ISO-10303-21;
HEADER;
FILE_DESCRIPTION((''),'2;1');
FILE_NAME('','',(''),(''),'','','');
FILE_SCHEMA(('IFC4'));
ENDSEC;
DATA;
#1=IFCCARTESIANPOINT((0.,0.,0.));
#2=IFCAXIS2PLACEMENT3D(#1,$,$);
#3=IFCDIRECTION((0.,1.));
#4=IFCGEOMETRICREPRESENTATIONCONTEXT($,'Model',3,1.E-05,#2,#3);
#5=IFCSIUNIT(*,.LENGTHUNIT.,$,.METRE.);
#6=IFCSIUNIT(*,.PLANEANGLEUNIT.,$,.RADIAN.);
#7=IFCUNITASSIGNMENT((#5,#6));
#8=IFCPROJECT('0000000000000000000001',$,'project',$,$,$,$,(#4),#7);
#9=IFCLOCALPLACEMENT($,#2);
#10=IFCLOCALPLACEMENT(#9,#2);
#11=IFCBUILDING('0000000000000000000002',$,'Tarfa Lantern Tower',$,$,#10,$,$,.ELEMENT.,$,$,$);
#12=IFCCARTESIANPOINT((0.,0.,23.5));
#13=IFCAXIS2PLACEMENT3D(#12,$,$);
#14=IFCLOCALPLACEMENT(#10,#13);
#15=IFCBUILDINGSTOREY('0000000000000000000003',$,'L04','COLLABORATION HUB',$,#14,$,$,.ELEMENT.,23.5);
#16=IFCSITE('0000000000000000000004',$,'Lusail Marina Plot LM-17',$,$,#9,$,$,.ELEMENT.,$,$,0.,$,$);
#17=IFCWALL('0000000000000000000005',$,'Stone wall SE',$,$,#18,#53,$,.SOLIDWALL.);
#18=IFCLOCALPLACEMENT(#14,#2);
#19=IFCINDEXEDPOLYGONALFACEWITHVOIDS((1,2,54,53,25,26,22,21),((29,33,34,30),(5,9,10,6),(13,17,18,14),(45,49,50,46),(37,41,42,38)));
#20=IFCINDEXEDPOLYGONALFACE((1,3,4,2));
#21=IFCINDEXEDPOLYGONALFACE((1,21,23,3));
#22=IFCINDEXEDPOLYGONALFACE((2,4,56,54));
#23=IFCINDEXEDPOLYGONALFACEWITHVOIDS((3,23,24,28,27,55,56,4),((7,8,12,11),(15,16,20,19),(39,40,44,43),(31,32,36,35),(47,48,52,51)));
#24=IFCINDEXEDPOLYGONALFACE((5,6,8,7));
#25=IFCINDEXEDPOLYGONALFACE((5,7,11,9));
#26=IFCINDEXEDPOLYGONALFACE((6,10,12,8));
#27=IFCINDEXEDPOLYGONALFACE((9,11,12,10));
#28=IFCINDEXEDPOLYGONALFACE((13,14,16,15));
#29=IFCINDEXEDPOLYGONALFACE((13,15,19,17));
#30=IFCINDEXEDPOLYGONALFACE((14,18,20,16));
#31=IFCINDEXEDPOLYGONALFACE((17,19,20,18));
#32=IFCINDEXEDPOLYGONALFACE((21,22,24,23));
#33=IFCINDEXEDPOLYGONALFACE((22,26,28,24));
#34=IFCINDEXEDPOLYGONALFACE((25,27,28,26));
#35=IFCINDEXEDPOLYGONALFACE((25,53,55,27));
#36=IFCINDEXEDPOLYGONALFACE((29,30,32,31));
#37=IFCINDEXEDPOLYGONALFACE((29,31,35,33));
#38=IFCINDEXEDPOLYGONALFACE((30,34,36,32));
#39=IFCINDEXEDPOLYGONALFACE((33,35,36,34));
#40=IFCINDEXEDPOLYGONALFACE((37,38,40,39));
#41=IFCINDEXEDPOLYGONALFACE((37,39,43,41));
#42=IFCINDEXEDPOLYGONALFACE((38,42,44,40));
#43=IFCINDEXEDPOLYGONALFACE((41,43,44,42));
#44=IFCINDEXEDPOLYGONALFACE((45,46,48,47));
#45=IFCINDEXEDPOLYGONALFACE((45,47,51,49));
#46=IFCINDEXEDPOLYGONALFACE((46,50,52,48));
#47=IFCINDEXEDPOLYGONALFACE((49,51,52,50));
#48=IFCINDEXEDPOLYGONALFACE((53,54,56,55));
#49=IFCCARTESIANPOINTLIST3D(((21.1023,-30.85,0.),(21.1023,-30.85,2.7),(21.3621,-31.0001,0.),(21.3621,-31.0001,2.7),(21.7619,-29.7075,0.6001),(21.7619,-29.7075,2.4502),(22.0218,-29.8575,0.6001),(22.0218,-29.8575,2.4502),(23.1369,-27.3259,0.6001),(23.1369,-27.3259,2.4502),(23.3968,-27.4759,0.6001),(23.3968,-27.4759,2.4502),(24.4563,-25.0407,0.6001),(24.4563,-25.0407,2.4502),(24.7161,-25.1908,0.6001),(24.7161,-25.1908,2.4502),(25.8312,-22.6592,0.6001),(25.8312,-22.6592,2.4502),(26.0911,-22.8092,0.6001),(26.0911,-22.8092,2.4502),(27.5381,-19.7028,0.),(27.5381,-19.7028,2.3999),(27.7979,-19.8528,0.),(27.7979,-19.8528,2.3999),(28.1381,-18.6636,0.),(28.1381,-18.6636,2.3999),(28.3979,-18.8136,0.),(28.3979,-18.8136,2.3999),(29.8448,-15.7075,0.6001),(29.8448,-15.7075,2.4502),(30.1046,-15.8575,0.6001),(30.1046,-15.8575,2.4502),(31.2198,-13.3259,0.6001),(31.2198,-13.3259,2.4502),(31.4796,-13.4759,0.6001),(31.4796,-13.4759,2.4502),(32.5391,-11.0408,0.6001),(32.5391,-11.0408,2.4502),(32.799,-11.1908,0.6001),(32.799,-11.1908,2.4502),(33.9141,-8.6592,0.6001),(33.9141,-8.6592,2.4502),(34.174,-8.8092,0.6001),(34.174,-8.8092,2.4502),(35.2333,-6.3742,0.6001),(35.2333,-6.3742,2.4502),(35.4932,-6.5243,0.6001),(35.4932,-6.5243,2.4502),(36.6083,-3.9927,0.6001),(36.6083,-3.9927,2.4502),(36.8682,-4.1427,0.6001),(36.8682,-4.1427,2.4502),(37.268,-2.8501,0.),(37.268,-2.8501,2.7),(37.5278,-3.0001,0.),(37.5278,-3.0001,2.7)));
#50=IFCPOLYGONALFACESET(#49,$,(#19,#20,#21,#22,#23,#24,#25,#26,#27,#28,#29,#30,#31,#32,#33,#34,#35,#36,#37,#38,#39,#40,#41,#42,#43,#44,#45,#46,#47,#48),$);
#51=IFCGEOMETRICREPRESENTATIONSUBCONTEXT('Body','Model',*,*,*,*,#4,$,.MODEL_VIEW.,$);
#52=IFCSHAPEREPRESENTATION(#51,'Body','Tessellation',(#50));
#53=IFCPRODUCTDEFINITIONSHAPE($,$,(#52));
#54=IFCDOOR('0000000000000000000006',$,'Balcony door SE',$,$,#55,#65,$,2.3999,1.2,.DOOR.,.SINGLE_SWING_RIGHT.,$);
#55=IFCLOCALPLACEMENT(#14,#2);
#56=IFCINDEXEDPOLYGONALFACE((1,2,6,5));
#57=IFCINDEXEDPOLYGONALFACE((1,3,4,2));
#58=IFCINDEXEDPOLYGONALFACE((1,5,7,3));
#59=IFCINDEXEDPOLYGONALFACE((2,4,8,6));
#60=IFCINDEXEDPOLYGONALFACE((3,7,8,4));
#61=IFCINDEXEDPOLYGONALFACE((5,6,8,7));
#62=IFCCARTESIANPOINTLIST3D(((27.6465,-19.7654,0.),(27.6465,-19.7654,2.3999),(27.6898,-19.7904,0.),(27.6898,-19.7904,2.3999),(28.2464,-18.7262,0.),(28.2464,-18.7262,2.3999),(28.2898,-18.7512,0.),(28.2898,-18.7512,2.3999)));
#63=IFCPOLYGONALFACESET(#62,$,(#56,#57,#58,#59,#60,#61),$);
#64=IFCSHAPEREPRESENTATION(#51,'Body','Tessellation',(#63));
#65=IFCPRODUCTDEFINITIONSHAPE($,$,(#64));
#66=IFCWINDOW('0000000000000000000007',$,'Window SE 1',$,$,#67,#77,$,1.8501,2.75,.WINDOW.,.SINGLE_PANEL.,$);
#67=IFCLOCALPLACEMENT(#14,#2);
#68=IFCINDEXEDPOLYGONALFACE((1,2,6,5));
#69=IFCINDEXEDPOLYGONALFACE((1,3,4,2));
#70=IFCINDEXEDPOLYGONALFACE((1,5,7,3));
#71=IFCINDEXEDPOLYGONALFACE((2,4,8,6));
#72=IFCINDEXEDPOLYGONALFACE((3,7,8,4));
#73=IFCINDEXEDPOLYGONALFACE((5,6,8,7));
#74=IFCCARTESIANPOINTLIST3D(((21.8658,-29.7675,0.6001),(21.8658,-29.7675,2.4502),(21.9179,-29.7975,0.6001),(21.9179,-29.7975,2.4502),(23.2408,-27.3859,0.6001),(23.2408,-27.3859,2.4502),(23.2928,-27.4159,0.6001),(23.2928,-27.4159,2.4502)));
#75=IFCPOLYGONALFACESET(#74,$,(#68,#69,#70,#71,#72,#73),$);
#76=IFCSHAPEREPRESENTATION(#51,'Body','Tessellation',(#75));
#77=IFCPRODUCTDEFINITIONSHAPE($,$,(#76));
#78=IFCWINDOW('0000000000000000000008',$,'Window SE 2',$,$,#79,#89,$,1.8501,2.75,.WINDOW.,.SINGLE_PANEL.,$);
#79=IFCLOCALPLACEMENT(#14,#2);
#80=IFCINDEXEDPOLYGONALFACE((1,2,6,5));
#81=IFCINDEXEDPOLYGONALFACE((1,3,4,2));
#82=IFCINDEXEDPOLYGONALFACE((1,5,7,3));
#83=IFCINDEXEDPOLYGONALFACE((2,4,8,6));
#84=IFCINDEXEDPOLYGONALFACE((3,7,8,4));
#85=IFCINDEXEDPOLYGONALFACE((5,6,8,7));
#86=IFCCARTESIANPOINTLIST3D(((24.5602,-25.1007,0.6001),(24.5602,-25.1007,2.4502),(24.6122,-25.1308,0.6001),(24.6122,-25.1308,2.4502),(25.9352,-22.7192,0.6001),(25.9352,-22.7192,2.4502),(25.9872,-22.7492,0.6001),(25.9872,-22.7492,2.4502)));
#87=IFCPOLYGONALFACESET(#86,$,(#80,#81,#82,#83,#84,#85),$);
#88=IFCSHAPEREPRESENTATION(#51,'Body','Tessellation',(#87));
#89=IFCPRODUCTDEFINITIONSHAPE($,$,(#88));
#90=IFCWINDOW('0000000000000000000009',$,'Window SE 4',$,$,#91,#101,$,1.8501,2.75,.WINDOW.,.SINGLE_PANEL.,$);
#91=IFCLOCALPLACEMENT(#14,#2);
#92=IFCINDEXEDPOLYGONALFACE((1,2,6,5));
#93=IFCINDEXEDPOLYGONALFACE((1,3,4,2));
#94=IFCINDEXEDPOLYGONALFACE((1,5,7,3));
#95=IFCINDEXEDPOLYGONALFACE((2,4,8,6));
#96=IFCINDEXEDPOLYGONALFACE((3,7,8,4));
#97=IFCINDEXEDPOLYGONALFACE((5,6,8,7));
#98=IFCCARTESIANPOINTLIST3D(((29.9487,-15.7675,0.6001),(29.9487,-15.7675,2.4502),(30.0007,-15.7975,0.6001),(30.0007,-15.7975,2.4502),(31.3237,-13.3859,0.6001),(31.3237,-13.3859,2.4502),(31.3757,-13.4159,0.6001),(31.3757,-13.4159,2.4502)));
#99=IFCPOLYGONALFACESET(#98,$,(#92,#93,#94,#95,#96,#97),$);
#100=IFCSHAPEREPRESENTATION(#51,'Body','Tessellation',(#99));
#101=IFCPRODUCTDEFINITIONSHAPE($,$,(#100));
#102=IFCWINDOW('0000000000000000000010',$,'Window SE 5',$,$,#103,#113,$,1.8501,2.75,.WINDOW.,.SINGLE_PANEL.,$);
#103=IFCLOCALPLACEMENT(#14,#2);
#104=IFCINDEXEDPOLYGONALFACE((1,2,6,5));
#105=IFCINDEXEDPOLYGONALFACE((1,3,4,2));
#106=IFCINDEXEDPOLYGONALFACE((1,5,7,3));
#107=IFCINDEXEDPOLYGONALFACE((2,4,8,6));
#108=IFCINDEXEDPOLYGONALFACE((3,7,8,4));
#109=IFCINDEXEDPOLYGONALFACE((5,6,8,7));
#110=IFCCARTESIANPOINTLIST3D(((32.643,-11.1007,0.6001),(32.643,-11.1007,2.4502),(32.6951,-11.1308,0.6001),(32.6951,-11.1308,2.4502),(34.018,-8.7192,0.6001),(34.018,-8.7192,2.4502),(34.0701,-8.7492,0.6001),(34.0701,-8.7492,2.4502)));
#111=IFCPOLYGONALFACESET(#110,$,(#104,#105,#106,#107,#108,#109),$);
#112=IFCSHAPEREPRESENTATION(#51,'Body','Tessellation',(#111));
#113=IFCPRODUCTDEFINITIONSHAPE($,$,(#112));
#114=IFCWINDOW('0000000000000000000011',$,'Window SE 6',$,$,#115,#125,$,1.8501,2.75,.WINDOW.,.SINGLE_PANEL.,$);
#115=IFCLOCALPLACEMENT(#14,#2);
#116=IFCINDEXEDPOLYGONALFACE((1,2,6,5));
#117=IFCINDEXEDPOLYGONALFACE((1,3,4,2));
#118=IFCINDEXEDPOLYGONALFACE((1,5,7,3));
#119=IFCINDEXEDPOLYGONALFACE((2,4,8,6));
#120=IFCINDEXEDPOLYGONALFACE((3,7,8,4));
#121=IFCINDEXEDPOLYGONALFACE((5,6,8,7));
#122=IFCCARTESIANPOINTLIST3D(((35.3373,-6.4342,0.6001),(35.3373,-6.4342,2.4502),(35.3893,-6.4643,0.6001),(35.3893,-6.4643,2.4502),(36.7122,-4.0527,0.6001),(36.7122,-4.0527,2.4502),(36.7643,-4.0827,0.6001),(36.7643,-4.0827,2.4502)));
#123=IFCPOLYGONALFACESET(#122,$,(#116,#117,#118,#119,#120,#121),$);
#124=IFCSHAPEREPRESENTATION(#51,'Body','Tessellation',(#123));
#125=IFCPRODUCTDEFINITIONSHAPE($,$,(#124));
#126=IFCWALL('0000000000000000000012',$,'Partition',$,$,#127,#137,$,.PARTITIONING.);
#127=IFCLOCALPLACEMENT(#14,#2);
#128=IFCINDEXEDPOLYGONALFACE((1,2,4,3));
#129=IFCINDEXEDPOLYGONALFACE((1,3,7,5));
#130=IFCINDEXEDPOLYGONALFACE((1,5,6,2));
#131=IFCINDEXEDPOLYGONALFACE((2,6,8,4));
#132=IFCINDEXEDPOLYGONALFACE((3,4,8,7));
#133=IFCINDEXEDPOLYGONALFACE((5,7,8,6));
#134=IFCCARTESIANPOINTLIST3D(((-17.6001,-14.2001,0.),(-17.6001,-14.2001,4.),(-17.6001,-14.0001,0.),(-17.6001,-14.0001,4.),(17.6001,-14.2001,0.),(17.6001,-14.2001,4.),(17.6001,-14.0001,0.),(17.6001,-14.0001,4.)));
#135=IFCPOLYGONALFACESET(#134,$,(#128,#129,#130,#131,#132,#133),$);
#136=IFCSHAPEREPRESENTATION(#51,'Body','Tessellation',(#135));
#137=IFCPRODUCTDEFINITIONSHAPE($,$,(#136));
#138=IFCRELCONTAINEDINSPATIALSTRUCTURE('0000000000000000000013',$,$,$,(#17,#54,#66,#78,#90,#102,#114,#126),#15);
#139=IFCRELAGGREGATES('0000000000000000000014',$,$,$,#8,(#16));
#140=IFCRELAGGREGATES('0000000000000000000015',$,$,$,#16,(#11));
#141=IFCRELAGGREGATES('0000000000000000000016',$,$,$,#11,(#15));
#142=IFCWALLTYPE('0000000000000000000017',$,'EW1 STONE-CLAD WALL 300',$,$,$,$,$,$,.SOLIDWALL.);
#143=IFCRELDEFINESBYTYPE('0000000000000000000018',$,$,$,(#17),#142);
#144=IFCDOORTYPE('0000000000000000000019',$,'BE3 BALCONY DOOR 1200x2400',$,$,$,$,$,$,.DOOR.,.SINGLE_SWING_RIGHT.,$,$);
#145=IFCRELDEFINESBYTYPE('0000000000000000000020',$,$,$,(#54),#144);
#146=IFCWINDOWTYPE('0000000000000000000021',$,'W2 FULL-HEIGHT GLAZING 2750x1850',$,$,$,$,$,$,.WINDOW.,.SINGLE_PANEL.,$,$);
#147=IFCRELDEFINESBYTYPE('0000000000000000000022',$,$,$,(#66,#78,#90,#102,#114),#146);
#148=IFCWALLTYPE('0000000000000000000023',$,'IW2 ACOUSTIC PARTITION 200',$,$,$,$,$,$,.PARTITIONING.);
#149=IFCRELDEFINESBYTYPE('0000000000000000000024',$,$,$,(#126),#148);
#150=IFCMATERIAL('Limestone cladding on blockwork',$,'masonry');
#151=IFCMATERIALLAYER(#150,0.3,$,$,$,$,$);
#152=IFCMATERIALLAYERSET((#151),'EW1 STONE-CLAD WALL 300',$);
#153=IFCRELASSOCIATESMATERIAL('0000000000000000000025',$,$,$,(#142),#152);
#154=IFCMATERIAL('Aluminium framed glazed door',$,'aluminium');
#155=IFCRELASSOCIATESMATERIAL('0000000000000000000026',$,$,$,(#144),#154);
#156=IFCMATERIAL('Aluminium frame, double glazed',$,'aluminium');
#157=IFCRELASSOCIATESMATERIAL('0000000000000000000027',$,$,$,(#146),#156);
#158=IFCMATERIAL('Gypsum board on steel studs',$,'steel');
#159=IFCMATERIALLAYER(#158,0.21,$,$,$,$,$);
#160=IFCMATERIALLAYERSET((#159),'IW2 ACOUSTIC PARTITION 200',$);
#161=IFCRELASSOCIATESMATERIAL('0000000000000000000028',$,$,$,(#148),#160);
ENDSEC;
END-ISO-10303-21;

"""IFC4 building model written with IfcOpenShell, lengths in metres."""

from ifc_helpers import new_model, si_unit, direction, frame, frame_2d, origin, place, context, subcontext, project, spatial, rectangle, extrude, material, layer, layer_set, type_object, element, fill, save


model = new_model("IFC4")

# Units and contexts
model_context = context("Model", 3, precision=1e-05, world=origin(), true_north=direction((0.0, 1.0)))
body_context = subcontext(model_context, "Body", "Model", "MODEL_VIEW")
ifc_project = project(units=[si_unit("LENGTHUNIT", "METRE"), si_unit("PLANEANGLEUNIT", "RADIAN")], contexts=[model_context])

# Site, building, storey
site_placement = place(None, origin())
site = spatial("IfcSite", under=ifc_project, at=site_placement, Name="Lusail Marina Plot LM-17", CompositionType="ELEMENT", RefElevation=0.0)
building_placement = place(site_placement, origin())
building = spatial("IfcBuilding", under=site, at=building_placement, Name="Tarfa Lantern Tower", CompositionType="ELEMENT")
storey_placement = place(building_placement, frame((0.0, 0.0, 23.5)))
storey = spatial("IfcBuildingStorey", under=building, at=storey_placement, Name="L04", Description="COLLABORATION HUB", CompositionType="ELEMENT", Elevation=23.5)

# Wall, openings, door, windows
ifc_material_1 = material(Name="Limestone cladding on blockwork", Category="masonry")
ifc_layer_1 = layer(ifc_material_1, 0.3)
ifc_layer_set_1 = layer_set([ifc_layer_1], Name="EW1 STONE-CLAD WALL 300")
wall_type_1 = type_object("IfcWallType", Name="EW1 STONE-CLAD WALL 300", PredefinedType="SOLIDWALL", material=ifc_layer_set_1)
wall_1_placement = place(storey_placement, frame((21.2322, -30.925, 0.0), z_axis=(0.0, 0.0, 1.0), x_axis=(0.499999, 0.866026, 0.0)))
wall_1 = element("IfcWall", 1, at=wall_1_placement, inside=storey, type_object=wall_type_1, Name="Stone wall SE", PredefinedType="SOLIDWALL", context=body_context, shape_type="SweptSolid", body=[
    extrude(rectangle(XDim=32.3315, YDim=0.3, at=frame_2d((16.1658, 0.0))), origin(), (0.0, 0.0, 1.0), 2.7),
])
opening_1_placement = place(wall_1_placement, frame((1.3193, 0.0, 0.6001)))
opening_1 = element("IfcOpeningElement", 2, at=opening_1_placement, cuts=wall_1, PredefinedType="OPENING", context=body_context, shape_type="SweptSolid", body=[
    extrude(rectangle(XDim=2.75, YDim=1.8501, at=frame_2d((1.375, 0.925))), frame((0.0, 0.1599, 0.0), z_axis=(0.0, -1.0, 0.0), x_axis=(1.0, 0.0, 0.0)), (0.0, 0.0, 1.0), 0.3201),
])
opening_2_placement = place(wall_1_placement, frame((6.708, 0.0, 0.6001)))
opening_2 = element("IfcOpeningElement", 3, at=opening_2_placement, cuts=wall_1, PredefinedType="OPENING", context=body_context, shape_type="SweptSolid", body=[
    extrude(rectangle(XDim=2.75, YDim=1.8501, at=frame_2d((1.375, 0.925))), frame((0.0, 0.1599, 0.0), z_axis=(0.0, -1.0, 0.0), x_axis=(1.0, 0.0, 0.0)), (0.0, 0.0, 1.0), 0.3201),
])
opening_3_placement = place(wall_1_placement, frame((12.8716, 0.0, 0.0)))
opening_3 = element("IfcOpeningElement", 4, at=opening_3_placement, cuts=wall_1, PredefinedType="OPENING", context=body_context, shape_type="SweptSolid", body=[
    extrude(rectangle(XDim=1.2, YDim=2.3999, at=frame_2d((0.6001, 1.2))), frame((0.0, 0.1599, 0.0), z_axis=(0.0, -1.0, 0.0), x_axis=(1.0, 0.0, 0.0)), (0.0, 0.0, 1.0), 0.3201),
])
opening_4_placement = place(wall_1_placement, frame((17.4851, 0.0, 0.6001)))
opening_4 = element("IfcOpeningElement", 5, at=opening_4_placement, cuts=wall_1, PredefinedType="OPENING", context=body_context, shape_type="SweptSolid", body=[
    extrude(rectangle(XDim=2.75, YDim=1.8501, at=frame_2d((1.375, 0.925))), frame((0.0, 0.1599, 0.0), z_axis=(0.0, -1.0, 0.0), x_axis=(1.0, 0.0, 0.0)), (0.0, 0.0, 1.0), 0.3201),
])
opening_5_placement = place(wall_1_placement, frame((22.8738, 0.0, 0.6001)))
opening_5 = element("IfcOpeningElement", 6, at=opening_5_placement, cuts=wall_1, PredefinedType="OPENING", context=body_context, shape_type="SweptSolid", body=[
    extrude(rectangle(XDim=2.75, YDim=1.8501, at=frame_2d((1.375, 0.925))), frame((0.0, 0.1599, 0.0), z_axis=(0.0, -1.0, 0.0), x_axis=(1.0, 0.0, 0.0)), (0.0, 0.0, 1.0), 0.3201),
])
opening_6_placement = place(wall_1_placement, frame((28.2622, 0.0, 0.6001)))
opening_6 = element("IfcOpeningElement", 7, at=opening_6_placement, cuts=wall_1, PredefinedType="OPENING", context=body_context, shape_type="SweptSolid", body=[
    extrude(rectangle(XDim=2.75, YDim=1.8501, at=frame_2d((1.375, 0.925))), frame((0.0, 0.1599, 0.0), z_axis=(0.0, -1.0, 0.0), x_axis=(1.0, 0.0, 0.0)), (0.0, 0.0, 1.0), 0.3201),
])
ifc_material_2 = material(Name="Aluminium framed glazed door", Category="aluminium")
door_type_1 = type_object("IfcDoorType", Name="BE3 BALCONY DOOR 1200x2400", OperationType="SINGLE_SWING_RIGHT", PredefinedType="DOOR", material=ifc_material_2)
door_1_placement = place(opening_3_placement, origin())
door_1 = element("IfcDoor", 8, at=door_1_placement, inside=storey, type_object=door_type_1, Name="Balcony door SE", OperationType="SINGLE_SWING_RIGHT", OverallHeight=2.3999, OverallWidth=1.2, PredefinedType="DOOR", context=body_context, shape_type="SweptSolid", body=[
    extrude(rectangle(XDim=1.2, YDim=2.3999, at=frame_2d((0.6001, 1.2))), frame((0.0, 0.0249, 0.0), z_axis=(0.0, -1.0, 0.0), x_axis=(1.0, 0.0, 0.0)), (0.0, 0.0, 1.0), 0.05),
])
fill(opening_3, door_1)
ifc_material_3 = material(Name="Aluminium frame, double glazed", Category="aluminium")
window_type = type_object("IfcWindowType", Name="W2 FULL-HEIGHT GLAZING 2750x1850", PartitioningType="SINGLE_PANEL", PredefinedType="WINDOW", material=ifc_material_3)
window_1_placement = place(opening_1_placement, origin())
window_1 = element("IfcWindow", 9, at=window_1_placement, inside=storey, type_object=window_type, Name="Window SE 1", OverallHeight=1.8501, OverallWidth=2.75, PartitioningType="SINGLE_PANEL", PredefinedType="WINDOW", context=body_context, shape_type="SweptSolid", body=[
    extrude(rectangle(XDim=2.75, YDim=1.8501, at=frame_2d((1.375, 0.925))), frame((0.0, 0.03, 0.0), z_axis=(0.0, -1.0, 0.0), x_axis=(1.0, 0.0, 0.0)), (0.0, 0.0, 1.0), 0.0601),
])
fill(opening_1, window_1)
window_2_placement = place(opening_2_placement, origin())
window_2 = element("IfcWindow", 10, at=window_2_placement, inside=storey, type_object=window_type, Name="Window SE 2", OverallHeight=1.8501, OverallWidth=2.75, PartitioningType="SINGLE_PANEL", PredefinedType="WINDOW", context=body_context, shape_type="SweptSolid", body=[
    extrude(rectangle(XDim=2.75, YDim=1.8501, at=frame_2d((1.375, 0.925))), frame((0.0, 0.03, 0.0), z_axis=(0.0, -1.0, 0.0), x_axis=(1.0, 0.0, 0.0)), (0.0, 0.0, 1.0), 0.0601),
])
fill(opening_2, window_2)
window_3_placement = place(opening_4_placement, origin())
window_3 = element("IfcWindow", 11, at=window_3_placement, inside=storey, type_object=window_type, Name="Window SE 4", OverallHeight=1.8501, OverallWidth=2.75, PartitioningType="SINGLE_PANEL", PredefinedType="WINDOW", context=body_context, shape_type="SweptSolid", body=[
    extrude(rectangle(XDim=2.75, YDim=1.8501, at=frame_2d((1.375, 0.925))), frame((0.0, 0.03, 0.0), z_axis=(0.0, -1.0, 0.0), x_axis=(1.0, 0.0, 0.0)), (0.0, 0.0, 1.0), 0.0601),
])
fill(opening_4, window_3)
window_4_placement = place(opening_5_placement, origin())
window_4 = element("IfcWindow", 12, at=window_4_placement, inside=storey, type_object=window_type, Name="Window SE 5", OverallHeight=1.8501, OverallWidth=2.75, PartitioningType="SINGLE_PANEL", PredefinedType="WINDOW", context=body_context, shape_type="SweptSolid", body=[
    extrude(rectangle(XDim=2.75, YDim=1.8501, at=frame_2d((1.375, 0.925))), frame((0.0, 0.03, 0.0), z_axis=(0.0, -1.0, 0.0), x_axis=(1.0, 0.0, 0.0)), (0.0, 0.0, 1.0), 0.0601),
])
fill(opening_5, window_4)
window_5_placement = place(opening_6_placement, origin())
window_5 = element("IfcWindow", 13, at=window_5_placement, inside=storey, type_object=window_type, Name="Window SE 6", OverallHeight=1.8501, OverallWidth=2.75, PartitioningType="SINGLE_PANEL", PredefinedType="WINDOW", context=body_context, shape_type="SweptSolid", body=[
    extrude(rectangle(XDim=2.75, YDim=1.8501, at=frame_2d((1.375, 0.925))), frame((0.0, 0.03, 0.0), z_axis=(0.0, -1.0, 0.0), x_axis=(1.0, 0.0, 0.0)), (0.0, 0.0, 1.0), 0.0601),
])
fill(opening_6, window_5)

# Wall
ifc_material_4 = material(Name="Gypsum board on steel studs", Category="steel")
ifc_layer_2 = layer(ifc_material_4, 0.21)
ifc_layer_set_2 = layer_set([ifc_layer_2], Name="IW2 ACOUSTIC PARTITION 200")
wall_type_2 = type_object("IfcWallType", Name="IW2 ACOUSTIC PARTITION 200", PredefinedType="PARTITIONING", material=ifc_layer_set_2)
wall_2_placement = place(storey_placement, frame((17.6001, -14.1001, 0.0), z_axis=(0.0, 0.0, 1.0), x_axis=(-1.0, 0.0, 0.0)))
element("IfcWall", 14, at=wall_2_placement, inside=storey, type_object=wall_type_2, Name="Partition", PredefinedType="PARTITIONING", context=body_context, shape_type="SweptSolid", body=[
    extrude(rectangle(XDim=35.2002, YDim=0.2, at=frame_2d((17.6001, 0.0))), origin(), (0.0, 0.0, 1.0), 4.0),
])

save(model, "model.ifc")
